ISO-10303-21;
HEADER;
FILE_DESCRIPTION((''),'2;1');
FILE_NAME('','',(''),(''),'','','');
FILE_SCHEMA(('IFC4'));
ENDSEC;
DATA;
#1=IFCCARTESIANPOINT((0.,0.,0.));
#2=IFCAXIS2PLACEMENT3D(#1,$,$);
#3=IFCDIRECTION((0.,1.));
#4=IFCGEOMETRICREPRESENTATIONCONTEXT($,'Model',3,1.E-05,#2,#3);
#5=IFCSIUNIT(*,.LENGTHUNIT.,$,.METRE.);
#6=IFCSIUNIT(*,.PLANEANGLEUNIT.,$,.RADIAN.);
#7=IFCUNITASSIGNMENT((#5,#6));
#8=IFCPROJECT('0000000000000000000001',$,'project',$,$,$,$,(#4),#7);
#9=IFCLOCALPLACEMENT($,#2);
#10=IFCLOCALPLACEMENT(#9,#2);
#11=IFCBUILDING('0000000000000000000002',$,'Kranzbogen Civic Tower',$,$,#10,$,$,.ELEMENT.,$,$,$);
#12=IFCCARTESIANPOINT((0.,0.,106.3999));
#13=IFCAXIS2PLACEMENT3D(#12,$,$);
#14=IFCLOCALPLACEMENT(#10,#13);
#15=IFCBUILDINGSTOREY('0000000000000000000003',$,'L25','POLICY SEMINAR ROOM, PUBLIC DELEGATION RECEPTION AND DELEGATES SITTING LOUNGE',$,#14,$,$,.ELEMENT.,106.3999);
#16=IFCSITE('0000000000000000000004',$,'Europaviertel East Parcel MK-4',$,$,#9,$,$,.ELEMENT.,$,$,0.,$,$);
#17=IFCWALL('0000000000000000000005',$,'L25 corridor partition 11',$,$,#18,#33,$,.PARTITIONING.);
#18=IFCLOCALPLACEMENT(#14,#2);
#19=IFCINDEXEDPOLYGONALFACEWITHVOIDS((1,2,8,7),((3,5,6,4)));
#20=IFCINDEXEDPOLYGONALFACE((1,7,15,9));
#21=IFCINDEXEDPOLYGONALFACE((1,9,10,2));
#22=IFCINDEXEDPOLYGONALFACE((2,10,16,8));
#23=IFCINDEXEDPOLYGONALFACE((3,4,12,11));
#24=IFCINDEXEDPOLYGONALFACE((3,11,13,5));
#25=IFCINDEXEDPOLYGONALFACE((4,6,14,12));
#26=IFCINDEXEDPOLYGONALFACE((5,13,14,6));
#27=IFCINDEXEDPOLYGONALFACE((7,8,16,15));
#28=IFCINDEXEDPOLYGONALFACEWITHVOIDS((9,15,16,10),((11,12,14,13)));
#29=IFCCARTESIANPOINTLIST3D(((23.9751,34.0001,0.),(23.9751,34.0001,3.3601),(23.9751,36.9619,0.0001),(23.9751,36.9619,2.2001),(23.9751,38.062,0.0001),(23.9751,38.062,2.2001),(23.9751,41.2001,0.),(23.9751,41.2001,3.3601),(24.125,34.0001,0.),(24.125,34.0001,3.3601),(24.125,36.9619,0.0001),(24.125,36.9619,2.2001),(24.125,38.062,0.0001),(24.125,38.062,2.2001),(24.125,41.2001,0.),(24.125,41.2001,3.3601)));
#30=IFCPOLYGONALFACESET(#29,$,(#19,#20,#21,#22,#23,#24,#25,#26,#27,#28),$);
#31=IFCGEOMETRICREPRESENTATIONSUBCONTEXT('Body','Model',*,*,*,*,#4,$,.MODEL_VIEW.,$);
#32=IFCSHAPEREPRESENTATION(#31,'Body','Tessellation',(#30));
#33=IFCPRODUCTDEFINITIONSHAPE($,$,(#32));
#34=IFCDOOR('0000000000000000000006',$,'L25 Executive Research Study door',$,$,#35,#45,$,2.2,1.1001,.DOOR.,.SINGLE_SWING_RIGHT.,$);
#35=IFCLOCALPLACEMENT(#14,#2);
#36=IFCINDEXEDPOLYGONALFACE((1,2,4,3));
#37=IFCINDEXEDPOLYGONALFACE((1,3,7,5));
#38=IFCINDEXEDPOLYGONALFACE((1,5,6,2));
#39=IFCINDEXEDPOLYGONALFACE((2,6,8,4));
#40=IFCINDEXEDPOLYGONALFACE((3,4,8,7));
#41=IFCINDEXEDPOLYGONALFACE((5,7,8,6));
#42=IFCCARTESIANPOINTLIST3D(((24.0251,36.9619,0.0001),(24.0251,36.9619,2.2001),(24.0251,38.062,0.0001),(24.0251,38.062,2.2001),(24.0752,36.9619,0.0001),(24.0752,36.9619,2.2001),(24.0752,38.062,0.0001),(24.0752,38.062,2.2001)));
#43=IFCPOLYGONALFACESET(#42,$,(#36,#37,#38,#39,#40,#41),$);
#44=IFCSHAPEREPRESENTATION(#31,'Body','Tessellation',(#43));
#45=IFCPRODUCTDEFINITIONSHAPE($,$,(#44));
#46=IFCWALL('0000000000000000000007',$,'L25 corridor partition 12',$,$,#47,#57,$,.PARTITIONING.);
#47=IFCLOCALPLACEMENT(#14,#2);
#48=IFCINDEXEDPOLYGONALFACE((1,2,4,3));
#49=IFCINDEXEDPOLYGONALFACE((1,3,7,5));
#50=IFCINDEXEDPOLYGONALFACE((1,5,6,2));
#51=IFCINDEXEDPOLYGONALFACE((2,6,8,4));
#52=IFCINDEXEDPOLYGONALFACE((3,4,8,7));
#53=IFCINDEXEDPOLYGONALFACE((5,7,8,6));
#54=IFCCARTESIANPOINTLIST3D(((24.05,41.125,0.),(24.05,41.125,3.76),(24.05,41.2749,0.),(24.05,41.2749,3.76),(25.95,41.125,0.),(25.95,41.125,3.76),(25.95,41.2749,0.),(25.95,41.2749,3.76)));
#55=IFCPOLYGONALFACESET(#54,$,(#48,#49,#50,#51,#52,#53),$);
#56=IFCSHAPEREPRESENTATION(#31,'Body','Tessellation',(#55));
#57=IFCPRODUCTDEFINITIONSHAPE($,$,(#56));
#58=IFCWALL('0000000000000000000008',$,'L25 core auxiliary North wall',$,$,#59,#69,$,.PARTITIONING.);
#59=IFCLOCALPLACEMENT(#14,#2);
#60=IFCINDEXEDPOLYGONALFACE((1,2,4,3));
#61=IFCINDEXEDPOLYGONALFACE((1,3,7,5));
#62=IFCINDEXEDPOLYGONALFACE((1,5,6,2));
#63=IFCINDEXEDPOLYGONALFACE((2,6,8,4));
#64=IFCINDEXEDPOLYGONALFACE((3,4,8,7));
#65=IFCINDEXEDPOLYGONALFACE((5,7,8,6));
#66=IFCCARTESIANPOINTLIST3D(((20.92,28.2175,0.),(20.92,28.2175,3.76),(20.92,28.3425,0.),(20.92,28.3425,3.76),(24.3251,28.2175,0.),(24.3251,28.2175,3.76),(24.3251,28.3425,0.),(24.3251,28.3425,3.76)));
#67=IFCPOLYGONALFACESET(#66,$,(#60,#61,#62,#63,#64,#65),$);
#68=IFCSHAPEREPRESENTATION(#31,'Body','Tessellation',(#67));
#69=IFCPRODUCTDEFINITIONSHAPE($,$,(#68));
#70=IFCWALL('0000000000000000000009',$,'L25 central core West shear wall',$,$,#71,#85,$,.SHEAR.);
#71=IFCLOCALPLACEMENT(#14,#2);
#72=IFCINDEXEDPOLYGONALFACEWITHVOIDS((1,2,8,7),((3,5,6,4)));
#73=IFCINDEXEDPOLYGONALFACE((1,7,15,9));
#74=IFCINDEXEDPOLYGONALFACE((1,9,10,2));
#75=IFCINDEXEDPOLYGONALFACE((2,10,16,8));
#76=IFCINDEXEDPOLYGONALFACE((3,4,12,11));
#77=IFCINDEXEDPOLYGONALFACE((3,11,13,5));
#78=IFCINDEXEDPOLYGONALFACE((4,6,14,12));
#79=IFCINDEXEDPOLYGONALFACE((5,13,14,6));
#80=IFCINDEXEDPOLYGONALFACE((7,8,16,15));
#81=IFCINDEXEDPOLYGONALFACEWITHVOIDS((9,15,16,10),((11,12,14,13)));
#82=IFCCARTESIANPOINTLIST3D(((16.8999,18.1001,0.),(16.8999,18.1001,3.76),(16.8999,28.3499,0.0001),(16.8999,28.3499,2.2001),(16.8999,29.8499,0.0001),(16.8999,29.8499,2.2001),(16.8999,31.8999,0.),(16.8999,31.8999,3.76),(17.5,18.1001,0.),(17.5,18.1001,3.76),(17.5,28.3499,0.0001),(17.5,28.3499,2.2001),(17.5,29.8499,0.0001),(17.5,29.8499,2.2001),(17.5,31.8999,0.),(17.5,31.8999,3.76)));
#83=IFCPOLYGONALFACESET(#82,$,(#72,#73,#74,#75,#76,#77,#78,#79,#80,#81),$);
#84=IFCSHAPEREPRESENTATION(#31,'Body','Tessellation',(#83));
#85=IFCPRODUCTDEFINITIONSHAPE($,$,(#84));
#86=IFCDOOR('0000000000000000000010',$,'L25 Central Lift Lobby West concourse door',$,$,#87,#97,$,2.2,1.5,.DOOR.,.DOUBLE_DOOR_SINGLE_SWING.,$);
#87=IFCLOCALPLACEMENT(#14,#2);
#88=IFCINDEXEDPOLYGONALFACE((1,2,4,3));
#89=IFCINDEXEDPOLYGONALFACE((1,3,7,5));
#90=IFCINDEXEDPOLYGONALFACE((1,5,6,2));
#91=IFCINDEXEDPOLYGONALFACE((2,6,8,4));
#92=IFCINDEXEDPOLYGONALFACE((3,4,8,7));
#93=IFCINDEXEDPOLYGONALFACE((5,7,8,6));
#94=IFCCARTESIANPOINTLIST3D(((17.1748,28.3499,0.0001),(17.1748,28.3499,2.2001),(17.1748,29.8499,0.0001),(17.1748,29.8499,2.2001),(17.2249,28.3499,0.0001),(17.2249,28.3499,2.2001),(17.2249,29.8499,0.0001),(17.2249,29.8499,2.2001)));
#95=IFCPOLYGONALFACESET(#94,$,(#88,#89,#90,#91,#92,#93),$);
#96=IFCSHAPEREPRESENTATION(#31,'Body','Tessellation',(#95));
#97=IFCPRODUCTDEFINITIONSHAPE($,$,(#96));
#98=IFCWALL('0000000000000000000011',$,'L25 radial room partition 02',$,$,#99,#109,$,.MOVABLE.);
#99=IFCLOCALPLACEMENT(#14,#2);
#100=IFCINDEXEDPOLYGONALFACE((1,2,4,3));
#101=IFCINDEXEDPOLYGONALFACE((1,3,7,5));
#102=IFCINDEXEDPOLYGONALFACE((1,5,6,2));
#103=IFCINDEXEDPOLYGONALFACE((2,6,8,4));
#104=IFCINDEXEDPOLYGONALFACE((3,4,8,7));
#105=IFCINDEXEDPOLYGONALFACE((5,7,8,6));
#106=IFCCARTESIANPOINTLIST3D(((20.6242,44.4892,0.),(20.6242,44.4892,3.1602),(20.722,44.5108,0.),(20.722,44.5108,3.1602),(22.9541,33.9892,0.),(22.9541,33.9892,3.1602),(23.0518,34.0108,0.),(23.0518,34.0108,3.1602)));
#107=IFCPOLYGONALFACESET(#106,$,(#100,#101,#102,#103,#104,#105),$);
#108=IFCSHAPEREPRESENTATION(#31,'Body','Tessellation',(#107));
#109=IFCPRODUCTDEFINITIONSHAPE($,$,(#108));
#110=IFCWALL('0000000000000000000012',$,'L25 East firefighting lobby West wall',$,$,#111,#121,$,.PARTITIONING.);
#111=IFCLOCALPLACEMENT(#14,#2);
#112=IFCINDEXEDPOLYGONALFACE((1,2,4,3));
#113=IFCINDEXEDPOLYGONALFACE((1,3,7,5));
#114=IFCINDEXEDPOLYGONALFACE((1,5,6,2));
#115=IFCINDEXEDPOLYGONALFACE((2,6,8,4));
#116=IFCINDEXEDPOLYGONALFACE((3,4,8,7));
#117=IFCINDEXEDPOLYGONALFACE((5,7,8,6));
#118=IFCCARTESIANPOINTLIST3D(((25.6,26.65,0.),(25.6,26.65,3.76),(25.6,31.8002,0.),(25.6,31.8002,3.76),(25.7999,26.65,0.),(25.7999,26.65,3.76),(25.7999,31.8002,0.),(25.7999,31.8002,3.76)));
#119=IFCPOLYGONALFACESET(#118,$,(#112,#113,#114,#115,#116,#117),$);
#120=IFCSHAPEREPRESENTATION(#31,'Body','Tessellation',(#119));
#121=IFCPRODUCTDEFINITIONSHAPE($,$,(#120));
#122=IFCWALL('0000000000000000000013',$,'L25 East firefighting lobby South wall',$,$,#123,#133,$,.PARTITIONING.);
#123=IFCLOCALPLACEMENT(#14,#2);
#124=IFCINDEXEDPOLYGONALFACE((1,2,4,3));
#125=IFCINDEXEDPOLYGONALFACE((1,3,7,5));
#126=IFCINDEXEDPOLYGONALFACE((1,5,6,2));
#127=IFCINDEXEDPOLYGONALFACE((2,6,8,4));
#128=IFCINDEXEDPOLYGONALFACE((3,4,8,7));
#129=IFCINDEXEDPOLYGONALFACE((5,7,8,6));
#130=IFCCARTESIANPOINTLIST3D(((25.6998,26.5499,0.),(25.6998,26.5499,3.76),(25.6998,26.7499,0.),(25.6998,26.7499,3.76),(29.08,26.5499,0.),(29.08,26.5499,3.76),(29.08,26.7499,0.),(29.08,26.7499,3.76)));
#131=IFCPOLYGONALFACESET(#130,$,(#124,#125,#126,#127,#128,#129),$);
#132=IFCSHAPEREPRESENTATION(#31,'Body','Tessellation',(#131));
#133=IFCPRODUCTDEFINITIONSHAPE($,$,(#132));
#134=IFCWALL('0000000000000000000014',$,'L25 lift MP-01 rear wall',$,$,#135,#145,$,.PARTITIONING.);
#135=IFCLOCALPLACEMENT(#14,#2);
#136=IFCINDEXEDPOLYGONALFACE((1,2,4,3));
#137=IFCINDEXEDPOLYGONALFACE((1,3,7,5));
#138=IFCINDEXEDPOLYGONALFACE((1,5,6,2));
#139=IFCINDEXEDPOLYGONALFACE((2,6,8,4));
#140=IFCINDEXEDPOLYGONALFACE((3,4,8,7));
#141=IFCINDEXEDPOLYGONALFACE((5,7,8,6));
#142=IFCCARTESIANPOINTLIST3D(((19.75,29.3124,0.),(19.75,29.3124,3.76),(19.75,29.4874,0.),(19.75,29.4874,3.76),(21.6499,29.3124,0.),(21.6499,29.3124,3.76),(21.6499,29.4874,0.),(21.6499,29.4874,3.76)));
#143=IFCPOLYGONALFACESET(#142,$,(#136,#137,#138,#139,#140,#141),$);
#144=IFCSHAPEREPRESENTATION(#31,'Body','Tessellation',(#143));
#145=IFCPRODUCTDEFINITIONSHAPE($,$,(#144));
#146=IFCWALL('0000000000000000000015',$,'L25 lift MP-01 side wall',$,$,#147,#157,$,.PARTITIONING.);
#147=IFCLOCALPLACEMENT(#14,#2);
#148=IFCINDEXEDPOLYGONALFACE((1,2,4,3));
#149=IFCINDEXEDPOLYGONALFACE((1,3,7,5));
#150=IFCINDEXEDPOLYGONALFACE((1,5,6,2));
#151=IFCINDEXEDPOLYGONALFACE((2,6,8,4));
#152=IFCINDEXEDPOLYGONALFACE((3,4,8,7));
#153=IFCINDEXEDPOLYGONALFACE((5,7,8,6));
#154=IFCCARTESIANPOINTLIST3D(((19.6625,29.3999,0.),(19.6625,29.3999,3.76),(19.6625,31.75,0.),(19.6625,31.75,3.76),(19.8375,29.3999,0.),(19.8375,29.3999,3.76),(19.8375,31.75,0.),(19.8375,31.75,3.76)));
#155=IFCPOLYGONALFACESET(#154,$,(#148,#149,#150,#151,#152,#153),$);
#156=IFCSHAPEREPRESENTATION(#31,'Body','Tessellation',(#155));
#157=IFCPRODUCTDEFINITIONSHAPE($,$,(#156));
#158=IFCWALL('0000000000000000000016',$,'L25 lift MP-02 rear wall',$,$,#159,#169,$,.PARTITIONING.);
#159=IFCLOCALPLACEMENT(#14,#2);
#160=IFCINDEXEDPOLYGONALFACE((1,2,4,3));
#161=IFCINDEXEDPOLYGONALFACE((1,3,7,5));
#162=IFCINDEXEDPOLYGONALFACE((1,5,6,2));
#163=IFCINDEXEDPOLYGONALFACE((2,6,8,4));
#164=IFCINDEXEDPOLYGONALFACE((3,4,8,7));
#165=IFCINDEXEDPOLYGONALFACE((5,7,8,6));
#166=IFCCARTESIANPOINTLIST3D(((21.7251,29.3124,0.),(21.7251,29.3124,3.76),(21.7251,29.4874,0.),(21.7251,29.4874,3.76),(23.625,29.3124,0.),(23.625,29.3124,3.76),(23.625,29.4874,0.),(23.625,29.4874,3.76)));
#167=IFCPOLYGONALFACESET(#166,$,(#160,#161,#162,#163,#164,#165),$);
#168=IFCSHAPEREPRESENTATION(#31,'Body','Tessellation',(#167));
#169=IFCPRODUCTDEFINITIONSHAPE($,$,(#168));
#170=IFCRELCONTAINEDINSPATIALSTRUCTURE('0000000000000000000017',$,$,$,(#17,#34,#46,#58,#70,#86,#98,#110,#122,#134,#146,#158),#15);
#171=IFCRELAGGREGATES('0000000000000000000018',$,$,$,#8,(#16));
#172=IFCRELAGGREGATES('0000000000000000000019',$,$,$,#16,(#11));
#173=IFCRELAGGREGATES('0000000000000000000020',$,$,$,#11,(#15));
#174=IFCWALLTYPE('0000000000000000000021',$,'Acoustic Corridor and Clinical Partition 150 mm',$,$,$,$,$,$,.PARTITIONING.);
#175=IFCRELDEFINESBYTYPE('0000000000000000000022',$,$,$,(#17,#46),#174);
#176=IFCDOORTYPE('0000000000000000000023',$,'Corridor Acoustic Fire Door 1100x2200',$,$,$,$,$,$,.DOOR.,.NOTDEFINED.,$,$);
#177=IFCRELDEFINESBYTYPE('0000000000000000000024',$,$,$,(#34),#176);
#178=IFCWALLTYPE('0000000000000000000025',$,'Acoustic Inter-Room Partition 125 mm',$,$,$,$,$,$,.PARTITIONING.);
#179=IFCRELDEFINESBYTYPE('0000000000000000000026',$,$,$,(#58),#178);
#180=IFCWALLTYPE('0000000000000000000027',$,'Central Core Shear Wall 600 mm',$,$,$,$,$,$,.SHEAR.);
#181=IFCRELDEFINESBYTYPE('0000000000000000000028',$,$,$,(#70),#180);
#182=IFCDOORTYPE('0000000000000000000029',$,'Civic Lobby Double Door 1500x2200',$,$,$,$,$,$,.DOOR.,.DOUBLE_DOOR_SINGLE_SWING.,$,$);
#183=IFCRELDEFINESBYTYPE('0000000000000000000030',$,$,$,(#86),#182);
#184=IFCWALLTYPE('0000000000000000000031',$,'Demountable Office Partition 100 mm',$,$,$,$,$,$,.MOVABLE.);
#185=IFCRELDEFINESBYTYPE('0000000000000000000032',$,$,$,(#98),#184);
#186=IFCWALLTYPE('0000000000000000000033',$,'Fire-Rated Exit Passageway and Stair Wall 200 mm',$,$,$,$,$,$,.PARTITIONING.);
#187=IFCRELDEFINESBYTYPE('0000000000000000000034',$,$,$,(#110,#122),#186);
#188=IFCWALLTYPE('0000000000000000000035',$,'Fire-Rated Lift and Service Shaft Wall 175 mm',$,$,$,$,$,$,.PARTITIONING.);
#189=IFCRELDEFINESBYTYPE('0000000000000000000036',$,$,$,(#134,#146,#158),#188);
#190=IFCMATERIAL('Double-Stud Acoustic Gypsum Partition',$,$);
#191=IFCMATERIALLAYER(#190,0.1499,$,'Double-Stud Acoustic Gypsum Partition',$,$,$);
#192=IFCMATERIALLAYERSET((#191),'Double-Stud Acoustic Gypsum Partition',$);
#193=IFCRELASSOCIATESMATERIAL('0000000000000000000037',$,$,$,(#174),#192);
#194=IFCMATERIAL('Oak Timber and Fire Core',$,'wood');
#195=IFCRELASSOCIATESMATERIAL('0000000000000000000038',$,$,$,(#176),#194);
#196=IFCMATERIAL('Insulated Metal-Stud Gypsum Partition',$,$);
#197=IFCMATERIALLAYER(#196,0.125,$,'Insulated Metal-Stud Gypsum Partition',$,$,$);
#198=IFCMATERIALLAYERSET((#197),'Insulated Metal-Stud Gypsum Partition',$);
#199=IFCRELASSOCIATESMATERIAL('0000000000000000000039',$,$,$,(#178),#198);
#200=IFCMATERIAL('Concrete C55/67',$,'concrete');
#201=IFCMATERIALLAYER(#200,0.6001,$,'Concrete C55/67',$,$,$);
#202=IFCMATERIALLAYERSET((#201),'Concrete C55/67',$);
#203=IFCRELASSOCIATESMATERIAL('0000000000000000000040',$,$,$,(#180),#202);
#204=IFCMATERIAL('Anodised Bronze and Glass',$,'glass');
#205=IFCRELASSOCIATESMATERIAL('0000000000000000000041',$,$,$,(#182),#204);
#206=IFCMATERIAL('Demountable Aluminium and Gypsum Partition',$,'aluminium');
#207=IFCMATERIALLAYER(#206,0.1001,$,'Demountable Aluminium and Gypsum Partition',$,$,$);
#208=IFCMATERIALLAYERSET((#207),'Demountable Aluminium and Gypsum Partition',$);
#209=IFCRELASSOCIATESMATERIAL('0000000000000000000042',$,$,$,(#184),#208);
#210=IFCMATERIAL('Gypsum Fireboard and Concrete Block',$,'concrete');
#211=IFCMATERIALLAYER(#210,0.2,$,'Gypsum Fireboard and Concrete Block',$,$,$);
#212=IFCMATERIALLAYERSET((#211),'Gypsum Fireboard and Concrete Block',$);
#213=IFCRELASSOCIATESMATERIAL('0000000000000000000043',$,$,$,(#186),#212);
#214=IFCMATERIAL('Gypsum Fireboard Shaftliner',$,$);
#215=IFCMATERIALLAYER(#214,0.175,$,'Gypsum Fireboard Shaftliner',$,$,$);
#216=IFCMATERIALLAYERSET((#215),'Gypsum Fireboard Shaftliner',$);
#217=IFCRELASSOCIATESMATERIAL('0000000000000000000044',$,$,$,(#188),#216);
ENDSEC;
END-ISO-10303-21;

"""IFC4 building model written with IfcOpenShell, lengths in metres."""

from ifc_helpers import new_model, si_unit, direction, frame, frame_2d, origin, place, context, subcontext, project, spatial, rectangle, extrude, material, layer, layer_set, type_object, element, fill, save


model = new_model("IFC4")

# Units and contexts
model_context = context("Model", 3, precision=1e-05, world=origin(), true_north=direction((0.0, 1.0)))
body_context = subcontext(model_context, "Body", "Model", "MODEL_VIEW")
ifc_project = project(units=[si_unit("LENGTHUNIT", "METRE"), si_unit("PLANEANGLEUNIT", "RADIAN")], contexts=[model_context])

# Site, building, storey
site_placement = place(None, origin())
site = spatial("IfcSite", under=ifc_project, at=site_placement, Name="Europaviertel East Parcel MK-4", CompositionType="ELEMENT", RefElevation=0.0)
building_placement = place(site_placement, origin())
building = spatial("IfcBuilding", under=site, at=building_placement, Name="Kranzbogen Civic Tower", CompositionType="ELEMENT")
storey_placement = place(building_placement, frame((0.0, 0.0, 106.3999)))
storey = spatial("IfcBuildingStorey", under=building, at=storey_placement, Name="L25", Description="POLICY SEMINAR ROOM, PUBLIC DELEGATION RECEPTION AND DELEGATES SITTING LOUNGE", CompositionType="ELEMENT", Elevation=106.3999)

# Shared definitions
ifc_material_1 = material(Name="Double-Stud Acoustic Gypsum Partition")
ifc_layer_1 = layer(ifc_material_1, 0.1499, Name="Double-Stud Acoustic Gypsum Partition")
ifc_layer_set_1 = layer_set([ifc_layer_1], Name="Double-Stud Acoustic Gypsum Partition")
wall_type_1 = type_object("IfcWallType", Name="Acoustic Corridor and Clinical Partition 150 mm", PredefinedType="PARTITIONING", material=ifc_layer_set_1)

# Wall, opening, door
wall_1_placement = place(storey_placement, frame((24.05, 34.0, 0.0), z_axis=(0.0, 0.0, 1.0), x_axis=(0.0, 1.0, 0.0)))
wall_1 = element("IfcWall", 1, at=wall_1_placement, inside=storey, type_object=wall_type_1, Name="L25 corridor partition 11", PredefinedType="PARTITIONING", context=body_context, shape_type="SweptSolid", body=[
    extrude(rectangle(XDim=7.2, YDim=0.1499, at=frame_2d((3.6001, 0.0))), origin(), (0.0, 0.0, 1.0), 3.3601),
])
opening_1_placement = place(wall_1_placement, frame((2.9619, 0.0, 0.0)))
opening_1 = element("IfcOpeningElement", 2, at=opening_1_placement, cuts=wall_1, PredefinedType="OPENING", context=body_context, shape_type="SweptSolid", body=[
    extrude(rectangle(XDim=1.1001, YDim=2.2, at=frame_2d((0.55, 1.1001))), frame((0.0, 0.085, 0.0), z_axis=(0.0, -1.0, 0.0), x_axis=(1.0, 0.0, 0.0)), (0.0, 0.0, 1.0), 0.1699),
])
ifc_material_2 = material(Name="Oak Timber and Fire Core", Category="wood")
door_type_1 = type_object("IfcDoorType", Name="Corridor Acoustic Fire Door 1100x2200", OperationType="NOTDEFINED", PredefinedType="DOOR", material=ifc_material_2)
door_1_placement = place(opening_1_placement, origin())
door_1 = element("IfcDoor", 3, at=door_1_placement, inside=storey, type_object=door_type_1, Name="L25 Executive Research Study door", OperationType="SINGLE_SWING_RIGHT", OverallHeight=2.2, OverallWidth=1.1001, PredefinedType="DOOR", context=body_context, shape_type="SweptSolid", body=[
    extrude(rectangle(XDim=1.1001, YDim=2.2, at=frame_2d((0.55, 1.1001))), frame((0.0, 0.0249, 0.0), z_axis=(0.0, -1.0, 0.0), x_axis=(1.0, 0.0, 0.0)), (0.0, 0.0, 1.0), 0.05),
])
fill(opening_1, door_1)

# Walls
wall_2_placement = place(storey_placement, frame((24.05, 41.2, 0.0), z_axis=(0.0, 0.0, 1.0), x_axis=(1.0, 0.0, 0.0)))
element("IfcWall", 4, at=wall_2_placement, inside=storey, type_object=wall_type_1, Name="L25 corridor partition 12", PredefinedType="PARTITIONING", context=body_context, shape_type="SweptSolid", body=[
    extrude(rectangle(XDim=1.8999, YDim=0.1499, at=frame_2d((0.95, 0.0))), origin(), (0.0, 0.0, 1.0), 3.76),
])
ifc_material_3 = material(Name="Insulated Metal-Stud Gypsum Partition")
ifc_layer_2 = layer(ifc_material_3, 0.125, Name="Insulated Metal-Stud Gypsum Partition")
ifc_layer_set_2 = layer_set([ifc_layer_2], Name="Insulated Metal-Stud Gypsum Partition")
wall_type_2 = type_object("IfcWallType", Name="Acoustic Inter-Room Partition 125 mm", PredefinedType="PARTITIONING", material=ifc_layer_set_2)
wall_3_placement = place(storey_placement, frame((20.9199, 28.28, 0.0), z_axis=(0.0, 0.0, 1.0), x_axis=(1.0, 0.0, 0.0)))
element("IfcWall", 5, at=wall_3_placement, inside=storey, type_object=wall_type_2, Name="L25 core auxiliary North wall", PredefinedType="PARTITIONING", context=body_context, shape_type="SweptSolid", body=[
    extrude(rectangle(XDim=3.405, YDim=0.125, at=frame_2d((1.7026, 0.0))), origin(), (0.0, 0.0, 1.0), 3.76),
])

# Wall, opening, door
ifc_material_4 = material(Name="Concrete C55/67", Category="concrete")
ifc_layer_3 = layer(ifc_material_4, 0.6001, Name="Concrete C55/67")
ifc_layer_set_3 = layer_set([ifc_layer_3], Name="Concrete C55/67")
wall_type_3 = type_object("IfcWallType", Name="Central Core Shear Wall 600 mm", PredefinedType="SHEAR", material=ifc_layer_set_3)
wall_4_placement = place(storey_placement, frame((17.2, 31.8999, 0.0), z_axis=(0.0, 0.0, 1.0), x_axis=(0.0, -1.0, 0.0)))
wall_4 = element("IfcWall", 6, at=wall_4_placement, inside=storey, type_object=wall_type_3, Name="L25 central core West shear wall", PredefinedType="SHEAR", context=body_context, shape_type="SweptSolid", body=[
    extrude(rectangle(XDim=13.7998, YDim=0.6001, at=frame_2d((6.8999, 0.0))), origin(), (0.0, 0.0, 1.0), 3.76),
])
opening_2_placement = place(wall_4_placement, frame((2.05, 0.0, 0.0)))
opening_2 = element("IfcOpeningElement", 7, at=opening_2_placement, cuts=wall_4, PredefinedType="OPENING", context=body_context, shape_type="SweptSolid", body=[
    extrude(rectangle(XDim=1.5, YDim=2.2, at=frame_2d((0.75, 1.1001))), frame((0.0, 0.3101, 0.0), z_axis=(0.0, -1.0, 0.0), x_axis=(1.0, 0.0, 0.0)), (0.0, 0.0, 1.0), 0.6201),
])
ifc_material_5 = material(Name="Anodised Bronze and Glass", Category="glass")
door_type_2 = type_object("IfcDoorType", Name="Civic Lobby Double Door 1500x2200", OperationType="DOUBLE_DOOR_SINGLE_SWING", PredefinedType="DOOR", material=ifc_material_5)
door_2_placement = place(opening_2_placement, origin())
door_2 = element("IfcDoor", 8, at=door_2_placement, inside=storey, type_object=door_type_2, Name="L25 Central Lift Lobby West concourse door", OperationType="DOUBLE_DOOR_SINGLE_SWING", OverallHeight=2.2, OverallWidth=1.5, PredefinedType="DOOR", context=body_context, shape_type="SweptSolid", body=[
    extrude(rectangle(XDim=1.5, YDim=2.2, at=frame_2d((0.75, 1.1001))), frame((0.0, 0.0249, 0.0), z_axis=(0.0, -1.0, 0.0), x_axis=(1.0, 0.0, 0.0)), (0.0, 0.0, 1.0), 0.05),
])
fill(opening_2, door_2)

# Walls
ifc_material_6 = material(Name="Demountable Aluminium and Gypsum Partition", Category="aluminium")
ifc_layer_4 = layer(ifc_material_6, 0.1001, Name="Demountable Aluminium and Gypsum Partition")
ifc_layer_set_4 = layer_set([ifc_layer_4], Name="Demountable Aluminium and Gypsum Partition")
wall_type_4 = type_object("IfcWallType", Name="Demountable Office Partition 100 mm", PredefinedType="MOVABLE", material=ifc_layer_set_4)
wall_5_placement = place(storey_placement, frame((23.0029, 34.0, 0.0), z_axis=(0.0, 0.0, 1.0), x_axis=(-0.21662, 0.976256, 0.0)))
element("IfcWall", 9, at=wall_5_placement, inside=storey, type_object=wall_type_4, Name="L25 radial room partition 02", PredefinedType="MOVABLE", context=body_context, shape_type="SweptSolid", body=[
    extrude(rectangle(XDim=10.7554, YDim=0.1001, at=frame_2d((5.3777, 0.0))), origin(), (0.0, 0.0, 1.0), 3.1602),
])
ifc_material_7 = material(Name="Gypsum Fireboard and Concrete Block", Category="concrete")
ifc_layer_5 = layer(ifc_material_7, 0.2, Name="Gypsum Fireboard and Concrete Block")
ifc_layer_set_5 = layer_set([ifc_layer_5], Name="Gypsum Fireboard and Concrete Block")
wall_type_5 = type_object("IfcWallType", Name="Fire-Rated Exit Passageway and Stair Wall 200 mm", PredefinedType="PARTITIONING", material=ifc_layer_set_5)
wall_6_placement = place(storey_placement, frame((25.7, 26.6499, 0.0), z_axis=(0.0, 0.0, 1.0), x_axis=(0.0, 1.0, 0.0)))
element("IfcWall", 10, at=wall_6_placement, inside=storey, type_object=wall_type_5, Name="L25 East firefighting lobby West wall", PredefinedType="PARTITIONING", context=body_context, shape_type="SweptSolid", body=[
    extrude(rectangle(XDim=5.1501, YDim=0.2, at=frame_2d((2.5752, 0.0))), origin(), (0.0, 0.0, 1.0), 3.76),
])
wall_7_placement = place(storey_placement, frame((25.7, 26.6499, 0.0), z_axis=(0.0, 0.0, 1.0), x_axis=(1.0, 0.0, 0.0)))
element("IfcWall", 11, at=wall_7_placement, inside=storey, type_object=wall_type_5, Name="L25 East firefighting lobby South wall", PredefinedType="PARTITIONING", context=body_context, shape_type="SweptSolid", body=[
    extrude(rectangle(XDim=3.3801, YDim=0.2, at=frame_2d((1.6899, 0.0))), origin(), (0.0, 0.0, 1.0), 3.76),
])
ifc_material_8 = material(Name="Gypsum Fireboard Shaftliner")
ifc_layer_6 = layer(ifc_material_8, 0.175, Name="Gypsum Fireboard Shaftliner")
ifc_layer_set_6 = layer_set([ifc_layer_6], Name="Gypsum Fireboard Shaftliner")
wall_type_6 = type_object("IfcWallType", Name="Fire-Rated Lift and Service Shaft Wall 175 mm", PredefinedType="PARTITIONING", material=ifc_layer_set_6)
wall_8_placement = place(storey_placement, frame((19.75, 29.3999, 0.0), z_axis=(0.0, 0.0, 1.0), x_axis=(1.0, 0.0, 0.0)))
element("IfcWall", 12, at=wall_8_placement, inside=storey, type_object=wall_type_6, Name="L25 lift MP-01 rear wall", PredefinedType="PARTITIONING", context=body_context, shape_type="SweptSolid", body=[
    extrude(rectangle(XDim=1.8999, YDim=0.175, at=frame_2d((0.95, 0.0))), origin(), (0.0, 0.0, 1.0), 3.76),
])
wall_9_placement = place(storey_placement, frame((19.75, 29.3999, 0.0), z_axis=(0.0, 0.0, 1.0), x_axis=(0.0, 1.0, 0.0)))
element("IfcWall", 13, at=wall_9_placement, inside=storey, type_object=wall_type_6, Name="L25 lift MP-01 side wall", PredefinedType="PARTITIONING", context=body_context, shape_type="SweptSolid", body=[
    extrude(rectangle(XDim=2.3501, YDim=0.175, at=frame_2d((1.175, 0.0))), origin(), (0.0, 0.0, 1.0), 3.76),
])
wall_10_placement = place(storey_placement, frame((21.7251, 29.3999, 0.0), z_axis=(0.0, 0.0, 1.0), x_axis=(1.0, 0.0, 0.0)))
element("IfcWall", 14, at=wall_10_placement, inside=storey, type_object=wall_type_6, Name="L25 lift MP-02 rear wall", PredefinedType="PARTITIONING", context=body_context, shape_type="SweptSolid", body=[
    extrude(rectangle(XDim=1.8999, YDim=0.175, at=frame_2d((0.95, 0.0))), origin(), (0.0, 0.0, 1.0), 3.76),
])

save(model, "model.ifc")
